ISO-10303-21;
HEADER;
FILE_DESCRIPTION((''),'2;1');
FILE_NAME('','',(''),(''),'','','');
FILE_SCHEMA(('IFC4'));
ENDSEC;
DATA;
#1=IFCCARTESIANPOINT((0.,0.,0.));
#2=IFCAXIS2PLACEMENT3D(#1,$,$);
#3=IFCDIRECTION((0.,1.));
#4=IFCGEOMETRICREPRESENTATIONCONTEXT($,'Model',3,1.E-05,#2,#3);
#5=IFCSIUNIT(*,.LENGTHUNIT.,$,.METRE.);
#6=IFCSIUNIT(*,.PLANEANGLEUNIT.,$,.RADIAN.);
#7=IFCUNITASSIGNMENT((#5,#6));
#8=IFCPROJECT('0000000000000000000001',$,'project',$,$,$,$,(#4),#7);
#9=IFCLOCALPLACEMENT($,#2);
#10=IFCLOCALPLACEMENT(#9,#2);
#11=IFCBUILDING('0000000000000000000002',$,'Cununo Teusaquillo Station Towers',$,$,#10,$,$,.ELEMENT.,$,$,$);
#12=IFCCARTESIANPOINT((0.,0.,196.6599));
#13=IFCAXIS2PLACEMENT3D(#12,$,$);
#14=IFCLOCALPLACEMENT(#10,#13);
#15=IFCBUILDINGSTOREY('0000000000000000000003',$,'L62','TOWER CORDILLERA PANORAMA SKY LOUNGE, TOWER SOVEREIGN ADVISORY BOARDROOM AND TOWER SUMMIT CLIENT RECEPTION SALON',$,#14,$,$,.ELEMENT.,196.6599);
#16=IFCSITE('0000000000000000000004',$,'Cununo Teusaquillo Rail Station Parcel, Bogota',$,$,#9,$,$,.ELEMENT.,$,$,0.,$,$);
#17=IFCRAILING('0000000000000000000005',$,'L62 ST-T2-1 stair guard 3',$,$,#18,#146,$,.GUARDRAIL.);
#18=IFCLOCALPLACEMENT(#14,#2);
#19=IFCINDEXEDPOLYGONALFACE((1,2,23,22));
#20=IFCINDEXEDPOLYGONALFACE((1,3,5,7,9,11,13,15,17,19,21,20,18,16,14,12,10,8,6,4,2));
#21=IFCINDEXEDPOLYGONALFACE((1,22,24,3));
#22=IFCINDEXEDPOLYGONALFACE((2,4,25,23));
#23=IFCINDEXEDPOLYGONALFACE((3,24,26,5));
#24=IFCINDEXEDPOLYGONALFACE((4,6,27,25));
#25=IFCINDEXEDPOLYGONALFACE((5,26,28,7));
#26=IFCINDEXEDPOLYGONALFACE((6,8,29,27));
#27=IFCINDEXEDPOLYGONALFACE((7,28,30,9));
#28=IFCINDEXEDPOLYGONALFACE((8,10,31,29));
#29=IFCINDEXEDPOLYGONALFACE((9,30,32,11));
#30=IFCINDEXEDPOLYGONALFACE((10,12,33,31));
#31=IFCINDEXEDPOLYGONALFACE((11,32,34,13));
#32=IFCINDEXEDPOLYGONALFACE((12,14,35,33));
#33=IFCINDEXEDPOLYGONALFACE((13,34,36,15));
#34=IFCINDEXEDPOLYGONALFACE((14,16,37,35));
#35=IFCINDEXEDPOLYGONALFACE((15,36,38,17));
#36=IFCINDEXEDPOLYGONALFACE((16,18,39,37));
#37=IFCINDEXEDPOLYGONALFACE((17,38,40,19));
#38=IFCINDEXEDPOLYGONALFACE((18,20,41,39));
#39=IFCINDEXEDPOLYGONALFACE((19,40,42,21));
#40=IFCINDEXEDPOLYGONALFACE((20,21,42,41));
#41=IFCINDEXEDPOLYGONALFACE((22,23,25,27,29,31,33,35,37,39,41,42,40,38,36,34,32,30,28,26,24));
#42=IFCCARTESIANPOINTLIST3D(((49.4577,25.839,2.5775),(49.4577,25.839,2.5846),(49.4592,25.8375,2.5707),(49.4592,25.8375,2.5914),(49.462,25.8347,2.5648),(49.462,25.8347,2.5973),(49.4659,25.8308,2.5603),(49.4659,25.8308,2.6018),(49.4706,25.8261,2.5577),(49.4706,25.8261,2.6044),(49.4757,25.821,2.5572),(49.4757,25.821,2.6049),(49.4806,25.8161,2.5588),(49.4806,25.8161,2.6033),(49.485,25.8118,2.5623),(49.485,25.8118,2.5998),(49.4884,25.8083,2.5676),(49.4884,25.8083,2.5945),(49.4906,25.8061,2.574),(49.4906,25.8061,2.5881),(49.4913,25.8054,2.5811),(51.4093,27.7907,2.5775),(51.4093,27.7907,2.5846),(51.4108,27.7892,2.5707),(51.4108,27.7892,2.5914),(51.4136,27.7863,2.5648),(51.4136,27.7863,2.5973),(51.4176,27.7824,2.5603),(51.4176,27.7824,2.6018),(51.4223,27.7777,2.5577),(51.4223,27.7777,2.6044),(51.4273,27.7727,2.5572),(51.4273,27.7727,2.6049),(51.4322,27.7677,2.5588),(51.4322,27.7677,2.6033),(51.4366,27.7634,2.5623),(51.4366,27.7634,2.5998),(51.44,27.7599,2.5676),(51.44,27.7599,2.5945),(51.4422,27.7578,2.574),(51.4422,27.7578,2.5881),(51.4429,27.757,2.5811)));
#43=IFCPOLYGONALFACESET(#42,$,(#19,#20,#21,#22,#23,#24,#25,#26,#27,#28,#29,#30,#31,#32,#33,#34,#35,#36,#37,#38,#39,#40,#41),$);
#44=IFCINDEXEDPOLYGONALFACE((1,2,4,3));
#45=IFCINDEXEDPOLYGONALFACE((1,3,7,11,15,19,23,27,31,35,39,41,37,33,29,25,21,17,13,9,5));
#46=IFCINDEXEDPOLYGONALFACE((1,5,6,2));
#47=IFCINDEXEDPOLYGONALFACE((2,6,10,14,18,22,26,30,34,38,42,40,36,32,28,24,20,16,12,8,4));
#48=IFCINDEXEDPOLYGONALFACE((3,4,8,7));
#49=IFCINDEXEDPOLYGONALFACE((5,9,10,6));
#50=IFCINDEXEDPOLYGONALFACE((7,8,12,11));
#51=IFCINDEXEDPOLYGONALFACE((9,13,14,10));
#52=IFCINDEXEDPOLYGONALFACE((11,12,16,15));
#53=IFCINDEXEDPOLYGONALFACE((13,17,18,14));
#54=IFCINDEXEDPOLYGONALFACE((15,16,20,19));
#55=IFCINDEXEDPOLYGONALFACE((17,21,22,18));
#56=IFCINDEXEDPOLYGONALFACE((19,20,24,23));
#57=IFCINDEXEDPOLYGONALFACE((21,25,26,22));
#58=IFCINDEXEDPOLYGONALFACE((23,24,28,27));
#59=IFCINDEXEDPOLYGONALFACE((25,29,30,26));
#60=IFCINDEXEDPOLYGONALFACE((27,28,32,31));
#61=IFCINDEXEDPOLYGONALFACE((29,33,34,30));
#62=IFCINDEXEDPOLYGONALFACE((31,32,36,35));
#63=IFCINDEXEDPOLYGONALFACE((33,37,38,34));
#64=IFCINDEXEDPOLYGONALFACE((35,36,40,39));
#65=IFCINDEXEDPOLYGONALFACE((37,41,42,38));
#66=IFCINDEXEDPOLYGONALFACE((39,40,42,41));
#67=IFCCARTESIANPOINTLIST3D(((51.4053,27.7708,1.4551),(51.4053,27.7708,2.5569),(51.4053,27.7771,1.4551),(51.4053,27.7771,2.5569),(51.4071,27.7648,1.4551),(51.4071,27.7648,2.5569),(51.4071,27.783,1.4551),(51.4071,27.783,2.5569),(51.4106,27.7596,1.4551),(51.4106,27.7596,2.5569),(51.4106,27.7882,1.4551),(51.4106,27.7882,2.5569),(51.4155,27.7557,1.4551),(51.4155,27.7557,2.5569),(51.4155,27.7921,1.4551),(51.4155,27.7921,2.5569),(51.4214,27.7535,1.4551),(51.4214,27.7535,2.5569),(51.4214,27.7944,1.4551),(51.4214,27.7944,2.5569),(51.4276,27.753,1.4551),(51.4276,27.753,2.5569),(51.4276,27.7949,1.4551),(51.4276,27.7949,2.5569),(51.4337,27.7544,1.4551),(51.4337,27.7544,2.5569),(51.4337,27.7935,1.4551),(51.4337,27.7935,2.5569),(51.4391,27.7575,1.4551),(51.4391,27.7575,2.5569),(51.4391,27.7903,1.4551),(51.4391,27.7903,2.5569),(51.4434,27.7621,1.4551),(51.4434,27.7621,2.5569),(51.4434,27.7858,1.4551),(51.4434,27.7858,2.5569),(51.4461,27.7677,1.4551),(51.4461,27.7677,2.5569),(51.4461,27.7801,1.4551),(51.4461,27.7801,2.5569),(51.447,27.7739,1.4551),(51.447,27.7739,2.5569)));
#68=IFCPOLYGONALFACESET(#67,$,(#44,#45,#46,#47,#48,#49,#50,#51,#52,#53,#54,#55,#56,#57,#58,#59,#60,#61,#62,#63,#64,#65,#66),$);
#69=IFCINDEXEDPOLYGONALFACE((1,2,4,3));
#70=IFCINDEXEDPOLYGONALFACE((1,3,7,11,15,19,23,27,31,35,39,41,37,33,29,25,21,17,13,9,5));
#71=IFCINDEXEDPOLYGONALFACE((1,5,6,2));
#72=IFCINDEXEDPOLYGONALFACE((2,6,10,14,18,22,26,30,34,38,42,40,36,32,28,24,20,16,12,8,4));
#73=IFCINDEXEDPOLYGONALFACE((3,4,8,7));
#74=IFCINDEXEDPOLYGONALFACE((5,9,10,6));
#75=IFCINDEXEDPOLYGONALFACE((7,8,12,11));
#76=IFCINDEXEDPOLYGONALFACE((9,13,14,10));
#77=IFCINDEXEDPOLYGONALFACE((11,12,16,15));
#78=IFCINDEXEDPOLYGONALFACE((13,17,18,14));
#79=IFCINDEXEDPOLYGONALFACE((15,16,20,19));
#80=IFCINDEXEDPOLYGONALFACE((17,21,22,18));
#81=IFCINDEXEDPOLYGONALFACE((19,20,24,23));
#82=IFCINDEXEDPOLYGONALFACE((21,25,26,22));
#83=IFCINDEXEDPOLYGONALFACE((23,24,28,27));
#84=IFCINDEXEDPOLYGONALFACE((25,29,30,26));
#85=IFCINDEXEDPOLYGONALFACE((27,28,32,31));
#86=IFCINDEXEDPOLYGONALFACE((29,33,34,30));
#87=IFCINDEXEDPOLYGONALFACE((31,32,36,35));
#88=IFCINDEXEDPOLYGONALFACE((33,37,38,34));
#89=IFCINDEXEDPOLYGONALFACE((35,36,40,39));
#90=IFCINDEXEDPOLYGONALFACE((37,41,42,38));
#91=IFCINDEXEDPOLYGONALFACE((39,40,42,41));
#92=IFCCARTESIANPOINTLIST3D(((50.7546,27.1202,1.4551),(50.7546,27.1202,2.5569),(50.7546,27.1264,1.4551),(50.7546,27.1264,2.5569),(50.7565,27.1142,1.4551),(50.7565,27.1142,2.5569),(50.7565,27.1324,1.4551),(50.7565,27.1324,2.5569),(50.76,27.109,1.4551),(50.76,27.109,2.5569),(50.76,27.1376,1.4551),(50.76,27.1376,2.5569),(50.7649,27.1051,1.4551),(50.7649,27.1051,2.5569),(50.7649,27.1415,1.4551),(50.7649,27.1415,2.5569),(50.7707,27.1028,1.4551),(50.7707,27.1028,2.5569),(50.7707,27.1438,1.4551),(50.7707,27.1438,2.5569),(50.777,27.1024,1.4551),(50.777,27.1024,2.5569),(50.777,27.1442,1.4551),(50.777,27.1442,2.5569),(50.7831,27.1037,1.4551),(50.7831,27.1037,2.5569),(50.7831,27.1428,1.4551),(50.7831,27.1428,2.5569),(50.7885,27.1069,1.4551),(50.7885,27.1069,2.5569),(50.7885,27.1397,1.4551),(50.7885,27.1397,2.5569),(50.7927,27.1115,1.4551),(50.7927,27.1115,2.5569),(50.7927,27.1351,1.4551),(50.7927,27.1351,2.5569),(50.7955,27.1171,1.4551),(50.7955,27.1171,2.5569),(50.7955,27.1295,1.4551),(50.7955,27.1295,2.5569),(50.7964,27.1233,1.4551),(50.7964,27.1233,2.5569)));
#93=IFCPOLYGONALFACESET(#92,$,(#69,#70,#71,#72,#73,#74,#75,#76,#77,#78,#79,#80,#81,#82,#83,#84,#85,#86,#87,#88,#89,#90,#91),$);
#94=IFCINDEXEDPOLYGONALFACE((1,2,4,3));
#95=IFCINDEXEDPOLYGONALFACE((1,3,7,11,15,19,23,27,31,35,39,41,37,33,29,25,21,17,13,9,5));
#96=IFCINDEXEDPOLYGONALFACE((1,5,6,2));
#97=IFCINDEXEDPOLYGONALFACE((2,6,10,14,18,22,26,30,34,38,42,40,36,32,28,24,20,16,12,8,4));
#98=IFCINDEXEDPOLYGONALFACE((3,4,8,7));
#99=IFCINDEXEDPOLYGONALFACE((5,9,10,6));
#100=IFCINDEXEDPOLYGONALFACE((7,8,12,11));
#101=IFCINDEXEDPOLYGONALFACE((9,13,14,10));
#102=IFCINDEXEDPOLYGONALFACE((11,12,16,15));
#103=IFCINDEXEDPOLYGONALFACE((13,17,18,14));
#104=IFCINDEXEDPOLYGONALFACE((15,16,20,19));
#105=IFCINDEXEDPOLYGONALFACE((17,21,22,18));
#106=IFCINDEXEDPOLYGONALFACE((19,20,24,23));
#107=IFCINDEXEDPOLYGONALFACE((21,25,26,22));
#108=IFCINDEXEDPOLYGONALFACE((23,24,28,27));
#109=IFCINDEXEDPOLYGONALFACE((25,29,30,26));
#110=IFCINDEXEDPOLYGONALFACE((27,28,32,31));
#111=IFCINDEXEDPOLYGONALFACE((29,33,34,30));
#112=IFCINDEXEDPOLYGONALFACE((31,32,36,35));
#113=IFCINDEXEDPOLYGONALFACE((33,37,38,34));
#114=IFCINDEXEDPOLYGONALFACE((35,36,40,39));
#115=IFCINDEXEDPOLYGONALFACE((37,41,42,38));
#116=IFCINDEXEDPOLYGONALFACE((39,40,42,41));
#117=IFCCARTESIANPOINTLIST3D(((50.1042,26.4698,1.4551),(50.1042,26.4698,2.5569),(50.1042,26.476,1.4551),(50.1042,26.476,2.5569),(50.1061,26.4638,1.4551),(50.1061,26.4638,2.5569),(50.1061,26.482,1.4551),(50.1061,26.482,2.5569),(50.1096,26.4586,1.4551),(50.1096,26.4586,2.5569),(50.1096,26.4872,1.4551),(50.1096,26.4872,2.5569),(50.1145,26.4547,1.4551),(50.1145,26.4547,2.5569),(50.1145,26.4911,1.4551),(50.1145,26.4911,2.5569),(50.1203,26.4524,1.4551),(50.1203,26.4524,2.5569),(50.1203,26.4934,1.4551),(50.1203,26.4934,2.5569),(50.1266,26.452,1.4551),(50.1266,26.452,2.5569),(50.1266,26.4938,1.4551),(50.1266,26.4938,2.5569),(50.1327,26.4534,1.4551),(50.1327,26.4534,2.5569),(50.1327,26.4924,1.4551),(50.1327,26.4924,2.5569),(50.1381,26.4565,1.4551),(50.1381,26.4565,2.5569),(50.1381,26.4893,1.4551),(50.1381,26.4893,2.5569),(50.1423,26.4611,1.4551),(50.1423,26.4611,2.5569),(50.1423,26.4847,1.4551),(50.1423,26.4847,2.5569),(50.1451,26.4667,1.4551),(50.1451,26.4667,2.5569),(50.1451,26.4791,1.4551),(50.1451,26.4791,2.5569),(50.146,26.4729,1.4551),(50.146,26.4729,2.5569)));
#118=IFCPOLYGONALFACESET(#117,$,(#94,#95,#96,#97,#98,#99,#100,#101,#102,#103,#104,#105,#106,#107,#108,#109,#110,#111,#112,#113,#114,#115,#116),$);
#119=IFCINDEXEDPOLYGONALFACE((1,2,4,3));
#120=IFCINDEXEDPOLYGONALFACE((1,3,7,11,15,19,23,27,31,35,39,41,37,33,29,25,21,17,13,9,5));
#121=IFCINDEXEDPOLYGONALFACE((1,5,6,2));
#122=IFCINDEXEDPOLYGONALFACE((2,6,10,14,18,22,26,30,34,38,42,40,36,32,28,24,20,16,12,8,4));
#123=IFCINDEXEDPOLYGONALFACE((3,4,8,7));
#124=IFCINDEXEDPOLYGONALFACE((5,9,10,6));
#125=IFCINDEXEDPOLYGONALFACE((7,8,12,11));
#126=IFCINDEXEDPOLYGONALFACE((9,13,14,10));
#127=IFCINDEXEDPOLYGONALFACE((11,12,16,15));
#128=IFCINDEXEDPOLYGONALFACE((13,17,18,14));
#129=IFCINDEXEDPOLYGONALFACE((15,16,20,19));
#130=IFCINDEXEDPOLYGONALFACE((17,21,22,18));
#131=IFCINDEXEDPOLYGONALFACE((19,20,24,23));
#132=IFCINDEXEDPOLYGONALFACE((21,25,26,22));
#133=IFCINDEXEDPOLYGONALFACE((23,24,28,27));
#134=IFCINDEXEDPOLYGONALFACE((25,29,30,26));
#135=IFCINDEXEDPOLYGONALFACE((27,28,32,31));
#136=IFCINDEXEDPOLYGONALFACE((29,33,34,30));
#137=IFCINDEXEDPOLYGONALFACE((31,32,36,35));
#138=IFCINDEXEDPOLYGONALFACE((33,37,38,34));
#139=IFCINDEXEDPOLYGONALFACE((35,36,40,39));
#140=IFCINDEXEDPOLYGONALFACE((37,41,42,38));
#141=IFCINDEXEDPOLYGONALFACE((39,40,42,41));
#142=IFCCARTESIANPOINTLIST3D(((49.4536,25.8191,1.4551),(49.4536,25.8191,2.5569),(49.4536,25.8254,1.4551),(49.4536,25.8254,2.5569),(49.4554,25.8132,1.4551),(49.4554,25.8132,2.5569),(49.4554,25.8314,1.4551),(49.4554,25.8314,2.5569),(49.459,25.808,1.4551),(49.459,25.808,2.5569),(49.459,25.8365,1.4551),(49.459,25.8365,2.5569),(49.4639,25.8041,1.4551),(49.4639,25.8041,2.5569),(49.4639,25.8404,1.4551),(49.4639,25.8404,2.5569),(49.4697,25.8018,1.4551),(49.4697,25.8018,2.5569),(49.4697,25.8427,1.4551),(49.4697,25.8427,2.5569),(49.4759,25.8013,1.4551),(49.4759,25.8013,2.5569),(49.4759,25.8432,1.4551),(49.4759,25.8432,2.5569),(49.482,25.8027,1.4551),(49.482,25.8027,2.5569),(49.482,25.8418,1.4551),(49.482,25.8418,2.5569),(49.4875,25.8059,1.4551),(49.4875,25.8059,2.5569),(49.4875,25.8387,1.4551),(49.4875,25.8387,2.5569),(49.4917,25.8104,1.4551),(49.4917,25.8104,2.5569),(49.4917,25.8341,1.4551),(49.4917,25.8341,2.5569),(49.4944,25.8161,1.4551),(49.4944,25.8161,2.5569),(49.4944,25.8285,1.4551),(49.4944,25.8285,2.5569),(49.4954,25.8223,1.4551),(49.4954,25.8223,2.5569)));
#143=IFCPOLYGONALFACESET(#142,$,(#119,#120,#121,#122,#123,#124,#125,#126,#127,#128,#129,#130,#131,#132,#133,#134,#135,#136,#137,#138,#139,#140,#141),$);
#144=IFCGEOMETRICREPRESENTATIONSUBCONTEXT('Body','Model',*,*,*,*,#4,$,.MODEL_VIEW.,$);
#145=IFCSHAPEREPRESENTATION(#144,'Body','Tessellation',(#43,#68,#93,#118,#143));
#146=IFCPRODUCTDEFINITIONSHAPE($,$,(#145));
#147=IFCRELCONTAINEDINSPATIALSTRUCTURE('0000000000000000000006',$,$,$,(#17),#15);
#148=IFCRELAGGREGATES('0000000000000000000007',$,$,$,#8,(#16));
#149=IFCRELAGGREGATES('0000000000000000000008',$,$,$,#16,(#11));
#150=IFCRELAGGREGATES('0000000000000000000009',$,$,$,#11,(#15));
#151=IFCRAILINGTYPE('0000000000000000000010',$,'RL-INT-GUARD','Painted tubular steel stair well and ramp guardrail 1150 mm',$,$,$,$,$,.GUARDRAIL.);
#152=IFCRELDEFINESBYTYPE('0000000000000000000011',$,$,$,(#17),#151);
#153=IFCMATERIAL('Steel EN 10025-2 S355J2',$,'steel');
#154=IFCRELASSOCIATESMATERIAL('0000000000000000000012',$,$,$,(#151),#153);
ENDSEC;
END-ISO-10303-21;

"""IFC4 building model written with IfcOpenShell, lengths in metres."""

from ifc_helpers import new_model, si_unit, direction, frame, origin, origin_2d, place, context, subcontext, project, spatial, circle, extrude, material, type_object, element, save


model = new_model("IFC4")

# Units and contexts
model_context = context("Model", 3, precision=1e-05, world=origin(), true_north=direction((0.0, 1.0)))
body_context = subcontext(model_context, "Body", "Model", "MODEL_VIEW")
ifc_project = project(units=[si_unit("LENGTHUNIT", "METRE"), si_unit("PLANEANGLEUNIT", "RADIAN")], contexts=[model_context])

# Site, building, storey
site_placement = place(None, origin())
site = spatial("IfcSite", under=ifc_project, at=site_placement, Name="Cununo Teusaquillo Rail Station Parcel, Bogota", CompositionType="ELEMENT", RefElevation=0.0)
building_placement = place(site_placement, origin())
building = spatial("IfcBuilding", under=site, at=building_placement, Name="Cununo Teusaquillo Station Towers", CompositionType="ELEMENT")
storey_placement = place(building_placement, frame((0.0, 0.0, 196.6599)))
storey = spatial("IfcBuildingStorey", under=building, at=storey_placement, Name="L62", Description="TOWER CORDILLERA PANORAMA SKY LOUNGE, TOWER SOVEREIGN ADVISORY BOARDROOM AND TOWER SUMMIT CLIENT RECEPTION SALON", CompositionType="ELEMENT", Elevation=196.6599)

# Railing
ifc_material_1 = material(Name="Steel EN 10025-2 S355J2", Category="steel")
railing_type_1 = type_object("IfcRailingType", Name="RL-INT-GUARD", Description="Painted tubular steel stair well and ramp guardrail 1150 mm", PredefinedType="GUARDRAIL", material=ifc_material_1)
railing_1_placement = place(storey_placement, frame((51.426, 27.7739, 1.4551)))
element("IfcRailing", 1, at=railing_1_placement, inside=storey, type_object=railing_type_1, Name="L62 ST-T2-1 stair guard 3", PredefinedType="GUARDRAIL", context=body_context, shape_type="SweptSolid", body=[
    extrude(circle(Radius=0.0239, at=origin_2d()), frame((0.0, 0.0, 1.126), z_axis=(-0.707107, -0.707107, 0.0), x_axis=(0.707107, -0.707107, 0.0)), (0.0, 0.0, 1.0), 2.76),
    extrude(circle(Radius=0.021, at=origin_2d()), origin(), (0.0, 0.0, 1.0), 1.1018),
    extrude(circle(Radius=0.021, at=origin_2d()), frame((-0.6506, -0.6506, 0.0)), (0.0, 0.0, 1.0), 1.1018),
    extrude(circle(Radius=0.021, at=origin_2d()), frame((-1.301, -1.301, 0.0)), (0.0, 0.0, 1.0), 1.1018),
    extrude(circle(Radius=0.021, at=origin_2d()), frame((-1.9517, -1.9517, 0.0)), (0.0, 0.0, 1.0), 1.1018),
])

save(model, "model.ifc")
